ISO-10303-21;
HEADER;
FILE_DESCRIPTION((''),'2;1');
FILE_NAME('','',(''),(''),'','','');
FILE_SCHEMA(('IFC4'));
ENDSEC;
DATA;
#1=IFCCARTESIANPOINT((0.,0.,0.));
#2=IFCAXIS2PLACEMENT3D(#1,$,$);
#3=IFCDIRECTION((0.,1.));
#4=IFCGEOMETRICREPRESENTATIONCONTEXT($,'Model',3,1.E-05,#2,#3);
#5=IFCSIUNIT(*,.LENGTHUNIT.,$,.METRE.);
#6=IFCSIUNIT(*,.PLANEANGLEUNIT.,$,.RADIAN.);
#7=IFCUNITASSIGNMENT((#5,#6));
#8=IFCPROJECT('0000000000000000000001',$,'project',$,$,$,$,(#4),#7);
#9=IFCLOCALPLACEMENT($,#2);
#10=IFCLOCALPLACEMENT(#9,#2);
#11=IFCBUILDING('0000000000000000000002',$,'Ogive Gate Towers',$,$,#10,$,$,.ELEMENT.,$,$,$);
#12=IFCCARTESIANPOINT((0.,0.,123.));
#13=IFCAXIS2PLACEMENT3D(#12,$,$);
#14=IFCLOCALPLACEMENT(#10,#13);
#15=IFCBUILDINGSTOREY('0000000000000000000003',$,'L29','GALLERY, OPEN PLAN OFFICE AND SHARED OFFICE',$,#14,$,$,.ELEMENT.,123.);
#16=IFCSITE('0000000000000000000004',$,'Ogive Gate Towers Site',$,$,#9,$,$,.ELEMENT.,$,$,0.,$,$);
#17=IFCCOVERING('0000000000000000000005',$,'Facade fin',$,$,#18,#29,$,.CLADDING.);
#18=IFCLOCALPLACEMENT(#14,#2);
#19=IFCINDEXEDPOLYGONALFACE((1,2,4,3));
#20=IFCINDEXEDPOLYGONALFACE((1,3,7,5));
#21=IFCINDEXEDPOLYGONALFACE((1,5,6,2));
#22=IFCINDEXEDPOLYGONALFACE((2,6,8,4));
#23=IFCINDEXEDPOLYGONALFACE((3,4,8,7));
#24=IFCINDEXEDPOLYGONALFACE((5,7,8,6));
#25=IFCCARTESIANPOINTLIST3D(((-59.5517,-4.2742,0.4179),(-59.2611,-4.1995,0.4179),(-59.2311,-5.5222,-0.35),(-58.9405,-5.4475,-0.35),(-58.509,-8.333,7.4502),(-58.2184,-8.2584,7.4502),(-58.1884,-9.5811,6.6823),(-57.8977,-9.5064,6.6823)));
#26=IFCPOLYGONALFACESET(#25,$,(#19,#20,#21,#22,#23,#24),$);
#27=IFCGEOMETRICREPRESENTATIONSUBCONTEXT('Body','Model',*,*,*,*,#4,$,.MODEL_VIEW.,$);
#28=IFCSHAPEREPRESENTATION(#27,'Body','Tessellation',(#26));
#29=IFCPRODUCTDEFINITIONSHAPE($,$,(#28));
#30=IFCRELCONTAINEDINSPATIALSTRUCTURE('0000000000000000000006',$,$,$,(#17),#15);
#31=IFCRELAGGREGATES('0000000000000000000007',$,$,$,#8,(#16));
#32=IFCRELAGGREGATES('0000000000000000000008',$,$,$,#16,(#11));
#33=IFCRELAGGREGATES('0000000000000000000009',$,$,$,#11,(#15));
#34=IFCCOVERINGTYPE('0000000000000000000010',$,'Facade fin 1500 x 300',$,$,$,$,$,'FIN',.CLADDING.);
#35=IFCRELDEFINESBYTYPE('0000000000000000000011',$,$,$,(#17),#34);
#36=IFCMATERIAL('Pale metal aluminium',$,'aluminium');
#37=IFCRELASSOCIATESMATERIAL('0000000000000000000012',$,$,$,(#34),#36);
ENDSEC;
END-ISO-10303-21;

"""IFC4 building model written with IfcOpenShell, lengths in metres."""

from ifc_helpers import new_model, si_unit, direction, frame, origin, origin_2d, place, context, subcontext, project, spatial, rectangle, extrude, material, material_profile, profile_set, type_object, element, save


model = new_model("IFC4")

# Units and contexts
model_context = context("Model", 3, precision=1e-05, world=origin(), true_north=direction((0.0, 1.0)))
body_context = subcontext(model_context, "Body", "Model", "MODEL_VIEW")
ifc_project = project(units=[si_unit("LENGTHUNIT", "METRE"), si_unit("PLANEANGLEUNIT", "RADIAN")], contexts=[model_context])

# Site, building, storey
site_placement = place(None, origin())
site = spatial("IfcSite", under=ifc_project, at=site_placement, Name="Ogive Gate Towers Site", CompositionType="ELEMENT", RefElevation=0.0)
building_placement = place(site_placement, origin())
building = spatial("IfcBuilding", under=site, at=building_placement, Name="Ogive Gate Towers", CompositionType="ELEMENT")
storey_placement = place(building_placement, frame((0.0, 0.0, 123.0)))
storey = spatial("IfcBuildingStorey", under=building, at=storey_placement, Name="L29", Description="GALLERY, OPEN PLAN OFFICE AND SHARED OFFICE", CompositionType="ELEMENT", Elevation=123.0)

# Shared definitions
ifc_material_1 = material(Name="Pale metal aluminium", Category="aluminium")

# Covering
ifc_material_profile_1 = material_profile(ifc_material_1, rectangle(XDim=0.3, YDim=1.5, at=origin_2d()), Name="1500 x 300 pale metal aluminium")
ifc_profile_set_1 = profile_set([ifc_material_profile_1], Name="Pale metal aluminium")
covering_type = type_object("IfcCoveringType", Name="Facade fin 1500 x 300", ElementType="FIN", PredefinedType="CLADDING", material=ifc_profile_set_1)
covering_1_placement = place(storey_placement, frame((-59.2461, -4.8608, 0.0339), z_axis=(0.127376, -0.495815, 0.859036), x_axis=(0.968549, 0.248822, 0.0)))
element("IfcCovering", 1, at=covering_1_placement, inside=storey, type_object=covering_type, Name="Facade fin", PredefinedType="CLADDING", context=body_context, shape_type="SweptSolid", body=[
    extrude(rectangle(XDim=0.3, YDim=1.5, at=origin_2d()), origin(), (0.0, 0.0, 1.0), 8.1863),
])

save(model, "model.ifc")
